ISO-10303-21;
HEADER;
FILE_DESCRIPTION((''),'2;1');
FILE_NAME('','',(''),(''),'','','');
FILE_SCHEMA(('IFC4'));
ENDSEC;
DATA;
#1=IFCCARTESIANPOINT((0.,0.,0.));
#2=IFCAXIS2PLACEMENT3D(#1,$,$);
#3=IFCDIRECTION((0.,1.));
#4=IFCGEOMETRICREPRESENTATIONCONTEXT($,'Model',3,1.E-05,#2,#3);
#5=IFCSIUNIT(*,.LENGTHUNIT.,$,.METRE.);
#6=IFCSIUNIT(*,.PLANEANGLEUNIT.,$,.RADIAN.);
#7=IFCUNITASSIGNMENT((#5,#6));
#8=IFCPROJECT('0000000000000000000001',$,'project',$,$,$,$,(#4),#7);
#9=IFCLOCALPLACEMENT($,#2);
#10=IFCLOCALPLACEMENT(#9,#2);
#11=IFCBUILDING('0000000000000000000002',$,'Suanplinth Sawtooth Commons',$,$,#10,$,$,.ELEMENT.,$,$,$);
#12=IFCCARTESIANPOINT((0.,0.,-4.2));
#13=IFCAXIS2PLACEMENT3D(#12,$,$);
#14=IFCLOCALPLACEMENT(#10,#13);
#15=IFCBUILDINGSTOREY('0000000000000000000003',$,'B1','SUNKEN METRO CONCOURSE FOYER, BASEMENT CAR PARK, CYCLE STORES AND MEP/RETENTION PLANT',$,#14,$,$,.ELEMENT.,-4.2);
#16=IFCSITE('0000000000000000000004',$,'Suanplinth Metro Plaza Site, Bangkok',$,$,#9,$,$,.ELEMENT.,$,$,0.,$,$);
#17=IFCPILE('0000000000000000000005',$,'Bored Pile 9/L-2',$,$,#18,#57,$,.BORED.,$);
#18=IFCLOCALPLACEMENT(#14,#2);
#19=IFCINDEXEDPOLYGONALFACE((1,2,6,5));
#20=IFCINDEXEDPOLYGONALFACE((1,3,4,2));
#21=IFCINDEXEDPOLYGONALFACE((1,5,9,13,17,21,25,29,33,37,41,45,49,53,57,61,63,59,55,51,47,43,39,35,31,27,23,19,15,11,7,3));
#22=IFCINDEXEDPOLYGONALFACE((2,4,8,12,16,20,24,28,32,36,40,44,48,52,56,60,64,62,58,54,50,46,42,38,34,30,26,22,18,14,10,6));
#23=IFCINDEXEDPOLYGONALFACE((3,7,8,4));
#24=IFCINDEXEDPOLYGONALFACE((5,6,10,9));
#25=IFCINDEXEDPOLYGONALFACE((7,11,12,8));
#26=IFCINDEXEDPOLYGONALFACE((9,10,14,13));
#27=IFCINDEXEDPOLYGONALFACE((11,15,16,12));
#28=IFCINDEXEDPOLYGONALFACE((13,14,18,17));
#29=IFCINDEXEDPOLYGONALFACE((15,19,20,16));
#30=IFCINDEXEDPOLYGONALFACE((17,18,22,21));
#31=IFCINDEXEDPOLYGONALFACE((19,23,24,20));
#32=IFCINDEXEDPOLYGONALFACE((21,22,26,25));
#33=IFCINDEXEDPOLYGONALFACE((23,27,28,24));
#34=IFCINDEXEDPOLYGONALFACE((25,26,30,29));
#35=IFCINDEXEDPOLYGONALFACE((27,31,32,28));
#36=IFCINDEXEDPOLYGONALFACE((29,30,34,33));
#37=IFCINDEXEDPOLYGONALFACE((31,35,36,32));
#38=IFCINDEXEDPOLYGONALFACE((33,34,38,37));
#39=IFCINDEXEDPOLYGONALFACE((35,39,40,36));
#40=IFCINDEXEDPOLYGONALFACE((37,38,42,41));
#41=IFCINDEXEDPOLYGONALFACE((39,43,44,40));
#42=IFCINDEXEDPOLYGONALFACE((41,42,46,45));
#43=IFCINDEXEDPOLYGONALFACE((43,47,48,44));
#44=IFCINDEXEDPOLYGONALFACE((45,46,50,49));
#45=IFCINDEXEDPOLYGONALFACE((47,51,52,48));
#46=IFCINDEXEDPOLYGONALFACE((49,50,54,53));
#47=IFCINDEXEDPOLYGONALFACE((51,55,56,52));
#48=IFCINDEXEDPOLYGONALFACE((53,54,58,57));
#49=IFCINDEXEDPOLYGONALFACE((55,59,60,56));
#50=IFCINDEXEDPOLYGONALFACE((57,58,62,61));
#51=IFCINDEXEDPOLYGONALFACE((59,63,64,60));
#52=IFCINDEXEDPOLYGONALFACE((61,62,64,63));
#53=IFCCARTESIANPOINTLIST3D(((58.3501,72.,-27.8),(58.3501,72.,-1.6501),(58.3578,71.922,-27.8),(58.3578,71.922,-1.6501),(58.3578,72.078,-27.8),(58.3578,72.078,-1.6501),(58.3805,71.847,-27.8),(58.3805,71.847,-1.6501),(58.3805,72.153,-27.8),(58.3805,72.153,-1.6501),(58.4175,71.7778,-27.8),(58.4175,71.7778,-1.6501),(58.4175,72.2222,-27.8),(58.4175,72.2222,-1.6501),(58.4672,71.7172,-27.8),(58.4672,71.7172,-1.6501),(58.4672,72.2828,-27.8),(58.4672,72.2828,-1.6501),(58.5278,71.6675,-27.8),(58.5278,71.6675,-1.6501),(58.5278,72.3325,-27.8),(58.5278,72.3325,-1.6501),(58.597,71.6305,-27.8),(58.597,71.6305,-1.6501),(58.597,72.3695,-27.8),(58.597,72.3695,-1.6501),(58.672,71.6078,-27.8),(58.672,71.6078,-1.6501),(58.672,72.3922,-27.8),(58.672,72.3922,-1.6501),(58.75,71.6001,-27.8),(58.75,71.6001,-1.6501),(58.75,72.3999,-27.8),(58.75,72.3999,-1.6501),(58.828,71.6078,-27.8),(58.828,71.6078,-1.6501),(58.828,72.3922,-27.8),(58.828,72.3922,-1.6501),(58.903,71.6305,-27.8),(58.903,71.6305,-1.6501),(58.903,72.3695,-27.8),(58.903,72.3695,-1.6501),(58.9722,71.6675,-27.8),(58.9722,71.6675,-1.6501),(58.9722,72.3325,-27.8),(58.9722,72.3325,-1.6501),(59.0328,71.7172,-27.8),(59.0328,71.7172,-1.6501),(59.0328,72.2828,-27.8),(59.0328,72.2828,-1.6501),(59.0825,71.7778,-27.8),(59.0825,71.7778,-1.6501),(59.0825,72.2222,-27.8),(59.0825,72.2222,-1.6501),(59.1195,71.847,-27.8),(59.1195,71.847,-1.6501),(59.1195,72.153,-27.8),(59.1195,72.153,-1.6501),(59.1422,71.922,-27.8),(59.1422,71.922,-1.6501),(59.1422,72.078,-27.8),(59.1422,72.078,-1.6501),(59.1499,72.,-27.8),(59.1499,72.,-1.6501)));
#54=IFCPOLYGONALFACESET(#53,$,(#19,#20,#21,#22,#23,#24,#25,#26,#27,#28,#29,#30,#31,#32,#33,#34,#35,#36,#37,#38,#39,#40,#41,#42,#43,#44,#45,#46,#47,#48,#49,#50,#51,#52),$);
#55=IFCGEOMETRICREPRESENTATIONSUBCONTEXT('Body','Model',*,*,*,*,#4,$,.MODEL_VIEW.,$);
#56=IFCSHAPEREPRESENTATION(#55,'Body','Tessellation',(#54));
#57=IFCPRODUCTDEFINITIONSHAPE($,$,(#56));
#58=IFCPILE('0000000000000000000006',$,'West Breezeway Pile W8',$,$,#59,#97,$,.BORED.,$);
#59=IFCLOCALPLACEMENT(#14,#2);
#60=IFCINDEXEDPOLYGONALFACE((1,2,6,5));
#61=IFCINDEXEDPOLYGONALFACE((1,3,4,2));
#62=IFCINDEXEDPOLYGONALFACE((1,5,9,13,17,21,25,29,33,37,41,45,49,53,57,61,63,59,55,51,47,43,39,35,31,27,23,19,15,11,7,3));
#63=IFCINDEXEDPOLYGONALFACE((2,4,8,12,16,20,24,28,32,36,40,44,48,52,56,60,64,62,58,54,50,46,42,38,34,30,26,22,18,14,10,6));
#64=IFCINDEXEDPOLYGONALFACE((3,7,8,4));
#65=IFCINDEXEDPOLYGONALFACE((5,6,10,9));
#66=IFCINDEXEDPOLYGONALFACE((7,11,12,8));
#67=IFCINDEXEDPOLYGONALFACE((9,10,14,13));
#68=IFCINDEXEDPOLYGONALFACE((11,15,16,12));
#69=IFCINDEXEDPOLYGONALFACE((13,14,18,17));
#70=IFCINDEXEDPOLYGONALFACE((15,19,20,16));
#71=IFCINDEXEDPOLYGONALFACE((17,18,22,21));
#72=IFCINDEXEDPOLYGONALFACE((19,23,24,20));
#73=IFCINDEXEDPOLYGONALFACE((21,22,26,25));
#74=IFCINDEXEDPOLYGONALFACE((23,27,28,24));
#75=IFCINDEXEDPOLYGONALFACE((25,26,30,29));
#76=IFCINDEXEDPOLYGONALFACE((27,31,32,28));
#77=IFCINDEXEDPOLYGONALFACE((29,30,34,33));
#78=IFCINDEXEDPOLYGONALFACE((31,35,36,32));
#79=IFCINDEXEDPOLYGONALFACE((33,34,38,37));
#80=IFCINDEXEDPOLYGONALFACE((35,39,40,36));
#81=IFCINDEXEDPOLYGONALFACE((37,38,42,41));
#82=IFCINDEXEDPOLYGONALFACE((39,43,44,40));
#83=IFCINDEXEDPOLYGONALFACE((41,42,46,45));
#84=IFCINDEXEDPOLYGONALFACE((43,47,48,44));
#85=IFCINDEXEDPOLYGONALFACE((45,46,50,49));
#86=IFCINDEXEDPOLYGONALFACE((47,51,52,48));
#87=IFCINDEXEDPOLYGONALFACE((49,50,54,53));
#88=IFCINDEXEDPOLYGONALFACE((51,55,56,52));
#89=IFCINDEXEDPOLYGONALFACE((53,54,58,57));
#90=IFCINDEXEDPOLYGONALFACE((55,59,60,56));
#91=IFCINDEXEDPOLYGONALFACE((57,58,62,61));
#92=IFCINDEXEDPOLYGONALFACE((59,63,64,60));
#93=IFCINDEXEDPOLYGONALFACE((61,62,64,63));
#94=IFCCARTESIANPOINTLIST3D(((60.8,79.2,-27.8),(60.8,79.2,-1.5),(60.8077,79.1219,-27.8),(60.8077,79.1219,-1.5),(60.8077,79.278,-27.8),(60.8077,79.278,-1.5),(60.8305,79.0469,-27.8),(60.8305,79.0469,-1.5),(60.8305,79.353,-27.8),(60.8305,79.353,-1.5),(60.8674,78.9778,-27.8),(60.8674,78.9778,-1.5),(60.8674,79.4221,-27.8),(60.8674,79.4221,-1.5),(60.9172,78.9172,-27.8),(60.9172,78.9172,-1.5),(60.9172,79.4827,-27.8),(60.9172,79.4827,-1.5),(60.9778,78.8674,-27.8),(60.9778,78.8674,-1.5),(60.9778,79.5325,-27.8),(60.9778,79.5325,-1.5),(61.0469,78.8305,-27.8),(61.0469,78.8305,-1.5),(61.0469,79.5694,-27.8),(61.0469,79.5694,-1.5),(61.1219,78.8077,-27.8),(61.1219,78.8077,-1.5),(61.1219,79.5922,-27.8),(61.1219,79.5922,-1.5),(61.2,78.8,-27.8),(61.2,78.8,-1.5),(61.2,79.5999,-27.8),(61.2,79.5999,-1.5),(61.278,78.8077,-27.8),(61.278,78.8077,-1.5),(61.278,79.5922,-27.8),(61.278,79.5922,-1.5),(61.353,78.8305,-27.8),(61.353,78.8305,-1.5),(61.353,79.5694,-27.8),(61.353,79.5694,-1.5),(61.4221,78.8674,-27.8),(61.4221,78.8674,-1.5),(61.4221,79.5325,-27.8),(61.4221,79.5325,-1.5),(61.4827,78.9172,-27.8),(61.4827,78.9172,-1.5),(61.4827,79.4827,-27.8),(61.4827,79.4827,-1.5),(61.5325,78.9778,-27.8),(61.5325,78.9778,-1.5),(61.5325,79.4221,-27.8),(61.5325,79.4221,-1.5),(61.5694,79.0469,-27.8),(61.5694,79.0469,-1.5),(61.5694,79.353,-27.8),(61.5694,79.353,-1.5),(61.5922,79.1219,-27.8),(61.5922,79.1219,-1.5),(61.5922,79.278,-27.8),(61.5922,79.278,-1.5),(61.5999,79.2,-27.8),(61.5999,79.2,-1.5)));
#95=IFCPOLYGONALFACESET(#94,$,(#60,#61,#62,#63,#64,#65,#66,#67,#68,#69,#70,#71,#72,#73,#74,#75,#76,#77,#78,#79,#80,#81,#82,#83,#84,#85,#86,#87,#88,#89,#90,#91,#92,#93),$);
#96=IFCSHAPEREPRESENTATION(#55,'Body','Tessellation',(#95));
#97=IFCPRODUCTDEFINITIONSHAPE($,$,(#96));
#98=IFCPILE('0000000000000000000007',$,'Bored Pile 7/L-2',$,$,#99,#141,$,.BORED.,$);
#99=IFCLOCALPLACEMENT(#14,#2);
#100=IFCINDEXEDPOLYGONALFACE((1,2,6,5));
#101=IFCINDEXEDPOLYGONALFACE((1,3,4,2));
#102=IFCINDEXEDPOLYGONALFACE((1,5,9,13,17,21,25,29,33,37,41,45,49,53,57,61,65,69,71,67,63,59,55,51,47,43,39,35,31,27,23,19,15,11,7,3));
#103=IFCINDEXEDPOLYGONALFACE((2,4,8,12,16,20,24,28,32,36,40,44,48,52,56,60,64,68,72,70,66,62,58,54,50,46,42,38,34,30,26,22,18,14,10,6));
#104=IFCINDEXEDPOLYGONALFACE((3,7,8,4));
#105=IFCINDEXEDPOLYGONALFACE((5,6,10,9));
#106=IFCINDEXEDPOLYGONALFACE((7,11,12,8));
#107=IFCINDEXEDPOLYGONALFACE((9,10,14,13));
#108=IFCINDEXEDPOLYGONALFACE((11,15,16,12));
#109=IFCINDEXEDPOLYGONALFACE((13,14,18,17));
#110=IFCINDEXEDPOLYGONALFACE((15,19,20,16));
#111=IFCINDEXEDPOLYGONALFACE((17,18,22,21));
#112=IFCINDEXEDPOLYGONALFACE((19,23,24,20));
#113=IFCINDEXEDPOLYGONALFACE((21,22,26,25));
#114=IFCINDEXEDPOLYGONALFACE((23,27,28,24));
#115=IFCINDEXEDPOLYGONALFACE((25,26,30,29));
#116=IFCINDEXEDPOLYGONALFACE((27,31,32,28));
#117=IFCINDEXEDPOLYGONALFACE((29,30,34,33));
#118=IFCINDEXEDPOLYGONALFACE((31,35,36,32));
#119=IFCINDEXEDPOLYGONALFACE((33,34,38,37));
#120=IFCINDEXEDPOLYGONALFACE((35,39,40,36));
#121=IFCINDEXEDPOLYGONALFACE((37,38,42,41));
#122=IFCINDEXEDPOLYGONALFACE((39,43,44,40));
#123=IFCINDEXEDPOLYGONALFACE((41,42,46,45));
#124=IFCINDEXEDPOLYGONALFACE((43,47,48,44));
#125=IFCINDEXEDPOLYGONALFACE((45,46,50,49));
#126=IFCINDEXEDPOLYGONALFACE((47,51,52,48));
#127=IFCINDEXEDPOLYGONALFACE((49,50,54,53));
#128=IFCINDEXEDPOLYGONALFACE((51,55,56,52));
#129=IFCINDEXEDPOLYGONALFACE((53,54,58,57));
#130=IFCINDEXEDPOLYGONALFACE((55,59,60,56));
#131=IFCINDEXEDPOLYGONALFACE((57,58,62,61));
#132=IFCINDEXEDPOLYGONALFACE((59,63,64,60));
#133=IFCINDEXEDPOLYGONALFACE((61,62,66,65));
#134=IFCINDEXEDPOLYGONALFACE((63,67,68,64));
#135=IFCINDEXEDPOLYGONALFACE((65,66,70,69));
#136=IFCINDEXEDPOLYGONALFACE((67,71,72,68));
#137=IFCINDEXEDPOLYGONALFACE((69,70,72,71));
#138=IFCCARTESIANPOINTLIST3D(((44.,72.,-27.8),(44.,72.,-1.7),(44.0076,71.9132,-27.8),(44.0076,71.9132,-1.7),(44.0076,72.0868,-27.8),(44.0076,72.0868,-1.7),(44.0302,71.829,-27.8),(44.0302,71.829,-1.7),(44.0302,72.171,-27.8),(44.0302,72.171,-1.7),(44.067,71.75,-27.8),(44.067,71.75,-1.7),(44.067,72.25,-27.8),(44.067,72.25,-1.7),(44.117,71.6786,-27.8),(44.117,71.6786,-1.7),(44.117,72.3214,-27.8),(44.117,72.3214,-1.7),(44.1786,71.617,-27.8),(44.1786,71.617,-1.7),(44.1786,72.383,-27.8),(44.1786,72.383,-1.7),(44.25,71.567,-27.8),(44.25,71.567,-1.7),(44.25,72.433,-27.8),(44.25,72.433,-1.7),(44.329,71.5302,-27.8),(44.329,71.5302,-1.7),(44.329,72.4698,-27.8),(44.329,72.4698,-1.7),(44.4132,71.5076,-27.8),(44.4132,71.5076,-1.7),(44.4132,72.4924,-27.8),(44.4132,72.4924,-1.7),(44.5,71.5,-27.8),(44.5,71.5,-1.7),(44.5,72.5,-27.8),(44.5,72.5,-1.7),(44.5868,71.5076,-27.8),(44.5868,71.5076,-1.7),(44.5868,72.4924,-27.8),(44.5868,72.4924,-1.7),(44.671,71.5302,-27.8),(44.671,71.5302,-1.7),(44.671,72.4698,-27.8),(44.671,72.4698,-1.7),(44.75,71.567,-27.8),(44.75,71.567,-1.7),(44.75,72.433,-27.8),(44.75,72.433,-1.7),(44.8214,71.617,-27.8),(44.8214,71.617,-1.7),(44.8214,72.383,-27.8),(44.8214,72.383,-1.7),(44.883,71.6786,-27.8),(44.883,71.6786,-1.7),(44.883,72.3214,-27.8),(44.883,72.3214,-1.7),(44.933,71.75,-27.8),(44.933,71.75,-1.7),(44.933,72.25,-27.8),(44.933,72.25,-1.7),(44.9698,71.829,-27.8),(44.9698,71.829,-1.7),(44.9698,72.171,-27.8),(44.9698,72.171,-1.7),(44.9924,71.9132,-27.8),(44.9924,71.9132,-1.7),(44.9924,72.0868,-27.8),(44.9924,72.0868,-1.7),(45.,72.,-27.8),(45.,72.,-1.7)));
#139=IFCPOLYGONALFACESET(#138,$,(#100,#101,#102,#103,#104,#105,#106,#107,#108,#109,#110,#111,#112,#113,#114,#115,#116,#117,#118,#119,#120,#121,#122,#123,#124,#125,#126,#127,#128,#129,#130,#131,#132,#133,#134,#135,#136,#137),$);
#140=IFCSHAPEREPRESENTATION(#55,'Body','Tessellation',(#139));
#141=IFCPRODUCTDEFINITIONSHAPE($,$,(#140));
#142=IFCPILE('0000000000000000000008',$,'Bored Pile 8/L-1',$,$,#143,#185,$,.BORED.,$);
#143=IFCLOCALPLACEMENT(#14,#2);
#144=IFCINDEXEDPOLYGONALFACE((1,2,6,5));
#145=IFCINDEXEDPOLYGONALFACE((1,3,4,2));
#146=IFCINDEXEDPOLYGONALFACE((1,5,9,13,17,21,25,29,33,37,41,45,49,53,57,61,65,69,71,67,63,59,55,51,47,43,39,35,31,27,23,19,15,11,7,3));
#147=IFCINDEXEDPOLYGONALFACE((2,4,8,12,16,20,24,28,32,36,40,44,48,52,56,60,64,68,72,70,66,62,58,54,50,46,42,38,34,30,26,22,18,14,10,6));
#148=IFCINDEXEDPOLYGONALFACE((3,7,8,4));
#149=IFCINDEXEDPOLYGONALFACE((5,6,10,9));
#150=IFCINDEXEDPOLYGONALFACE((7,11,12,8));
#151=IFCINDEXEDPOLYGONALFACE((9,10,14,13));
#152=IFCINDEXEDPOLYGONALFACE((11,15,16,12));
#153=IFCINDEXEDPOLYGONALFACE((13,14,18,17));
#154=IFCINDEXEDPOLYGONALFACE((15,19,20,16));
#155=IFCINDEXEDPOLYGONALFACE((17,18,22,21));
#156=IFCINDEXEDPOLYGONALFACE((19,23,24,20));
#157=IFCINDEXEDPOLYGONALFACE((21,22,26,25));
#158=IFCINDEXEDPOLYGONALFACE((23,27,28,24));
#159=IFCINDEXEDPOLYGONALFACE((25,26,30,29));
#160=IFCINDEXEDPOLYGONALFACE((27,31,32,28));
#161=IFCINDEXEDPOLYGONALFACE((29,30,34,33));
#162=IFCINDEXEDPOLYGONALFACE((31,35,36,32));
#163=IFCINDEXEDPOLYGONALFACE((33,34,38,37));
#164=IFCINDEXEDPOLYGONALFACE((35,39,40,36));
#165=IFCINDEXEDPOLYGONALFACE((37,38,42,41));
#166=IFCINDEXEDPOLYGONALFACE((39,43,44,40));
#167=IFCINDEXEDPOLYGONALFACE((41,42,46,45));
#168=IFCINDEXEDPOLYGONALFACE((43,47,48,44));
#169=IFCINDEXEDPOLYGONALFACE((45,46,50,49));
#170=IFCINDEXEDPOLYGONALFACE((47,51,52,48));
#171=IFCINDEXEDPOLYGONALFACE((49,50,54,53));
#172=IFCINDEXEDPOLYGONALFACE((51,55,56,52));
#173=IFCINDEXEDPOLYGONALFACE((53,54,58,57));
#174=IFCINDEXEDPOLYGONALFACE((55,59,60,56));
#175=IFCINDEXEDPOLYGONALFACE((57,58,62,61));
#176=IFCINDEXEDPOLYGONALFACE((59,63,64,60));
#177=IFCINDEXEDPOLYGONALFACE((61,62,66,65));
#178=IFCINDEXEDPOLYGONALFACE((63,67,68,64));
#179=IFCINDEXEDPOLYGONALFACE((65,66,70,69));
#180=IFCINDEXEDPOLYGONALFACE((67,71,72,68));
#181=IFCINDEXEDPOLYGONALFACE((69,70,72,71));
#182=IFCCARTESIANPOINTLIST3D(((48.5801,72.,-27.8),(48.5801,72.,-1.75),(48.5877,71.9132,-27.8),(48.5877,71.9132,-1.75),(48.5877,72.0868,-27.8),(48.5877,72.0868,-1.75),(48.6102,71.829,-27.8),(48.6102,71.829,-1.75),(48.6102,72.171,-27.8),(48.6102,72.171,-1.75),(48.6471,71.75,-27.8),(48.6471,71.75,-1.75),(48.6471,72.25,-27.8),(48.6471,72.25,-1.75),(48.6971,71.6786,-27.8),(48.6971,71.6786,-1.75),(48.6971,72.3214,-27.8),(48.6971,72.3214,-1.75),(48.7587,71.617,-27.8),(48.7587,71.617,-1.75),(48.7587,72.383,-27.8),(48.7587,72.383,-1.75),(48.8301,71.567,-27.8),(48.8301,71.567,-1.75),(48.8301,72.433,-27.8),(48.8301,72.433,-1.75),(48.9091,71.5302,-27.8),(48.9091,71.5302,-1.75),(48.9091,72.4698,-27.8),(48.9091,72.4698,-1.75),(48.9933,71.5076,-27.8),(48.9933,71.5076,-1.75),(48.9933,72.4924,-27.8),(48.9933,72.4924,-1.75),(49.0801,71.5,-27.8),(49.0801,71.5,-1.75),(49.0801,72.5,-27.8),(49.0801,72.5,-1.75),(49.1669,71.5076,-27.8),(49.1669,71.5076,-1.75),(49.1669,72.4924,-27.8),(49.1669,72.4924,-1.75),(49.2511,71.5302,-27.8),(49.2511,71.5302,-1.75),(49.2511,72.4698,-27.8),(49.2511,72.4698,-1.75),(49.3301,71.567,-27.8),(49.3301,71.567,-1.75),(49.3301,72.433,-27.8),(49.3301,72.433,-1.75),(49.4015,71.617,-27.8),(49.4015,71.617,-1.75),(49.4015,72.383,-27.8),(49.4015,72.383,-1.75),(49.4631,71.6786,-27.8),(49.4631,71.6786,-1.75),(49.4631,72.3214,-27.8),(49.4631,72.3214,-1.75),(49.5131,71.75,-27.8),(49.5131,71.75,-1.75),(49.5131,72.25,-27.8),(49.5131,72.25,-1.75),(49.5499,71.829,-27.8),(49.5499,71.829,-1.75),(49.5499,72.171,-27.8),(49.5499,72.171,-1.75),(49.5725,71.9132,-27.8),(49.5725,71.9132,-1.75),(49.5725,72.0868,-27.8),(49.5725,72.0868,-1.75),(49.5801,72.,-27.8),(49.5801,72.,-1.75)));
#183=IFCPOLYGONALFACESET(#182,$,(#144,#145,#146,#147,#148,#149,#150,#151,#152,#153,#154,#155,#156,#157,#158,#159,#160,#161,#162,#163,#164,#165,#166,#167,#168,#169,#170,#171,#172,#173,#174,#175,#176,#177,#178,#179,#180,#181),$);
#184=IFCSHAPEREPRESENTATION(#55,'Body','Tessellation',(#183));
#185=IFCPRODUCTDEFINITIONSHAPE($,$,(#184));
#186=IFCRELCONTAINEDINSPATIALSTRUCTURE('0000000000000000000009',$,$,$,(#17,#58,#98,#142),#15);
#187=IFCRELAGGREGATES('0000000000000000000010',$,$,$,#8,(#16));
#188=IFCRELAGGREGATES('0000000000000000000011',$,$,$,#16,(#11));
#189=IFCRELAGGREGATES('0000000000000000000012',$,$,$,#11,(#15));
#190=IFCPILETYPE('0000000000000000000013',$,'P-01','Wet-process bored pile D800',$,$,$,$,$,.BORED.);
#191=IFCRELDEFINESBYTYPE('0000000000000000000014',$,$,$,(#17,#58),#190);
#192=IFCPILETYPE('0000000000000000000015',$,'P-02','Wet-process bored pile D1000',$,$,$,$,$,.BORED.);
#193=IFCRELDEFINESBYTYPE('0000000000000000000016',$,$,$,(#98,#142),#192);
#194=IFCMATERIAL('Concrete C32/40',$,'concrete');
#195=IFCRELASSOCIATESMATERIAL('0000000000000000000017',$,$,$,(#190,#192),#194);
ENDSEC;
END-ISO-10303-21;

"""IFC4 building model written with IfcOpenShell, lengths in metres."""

from ifc_helpers import new_model, si_unit, direction, frame, origin, origin_2d, place, context, subcontext, project, spatial, circle, extrude, material, material_profile, profile_set, type_object, element, save


model = new_model("IFC4")

# Units and contexts
model_context = context("Model", 3, precision=1e-05, world=origin(), true_north=direction((0.0, 1.0)))
body_context = subcontext(model_context, "Body", "Model", "MODEL_VIEW")
ifc_project = project(units=[si_unit("LENGTHUNIT", "METRE"), si_unit("PLANEANGLEUNIT", "RADIAN")], contexts=[model_context])

# Site, building, storey
site_placement = place(None, origin())
site = spatial("IfcSite", under=ifc_project, at=site_placement, Name="Suanplinth Metro Plaza Site, Bangkok", CompositionType="ELEMENT", RefElevation=0.0)
building_placement = place(site_placement, origin())
building = spatial("IfcBuilding", under=site, at=building_placement, Name="Suanplinth Sawtooth Commons", CompositionType="ELEMENT")
storey_placement = place(building_placement, frame((0.0, 0.0, -4.2)))
storey = spatial("IfcBuildingStorey", under=building, at=storey_placement, Name="B1", Description="SUNKEN METRO CONCOURSE FOYER, BASEMENT CAR PARK, CYCLE STORES AND MEP/RETENTION PLANT", CompositionType="ELEMENT", Elevation=-4.2)

# Piles
ifc_material_1 = material(Name="Concrete C32/40", Category="concrete")
ifc_material_profile_1 = material_profile(ifc_material_1, circle(Radius=0.3999, at=origin_2d()), Name="PILE D800")
ifc_profile_set_1 = profile_set([ifc_material_profile_1], Name="Concrete C32/40")
pile_type_1 = type_object("IfcPileType", Name="P-01", Description="Wet-process bored pile D800", PredefinedType="BORED", material=ifc_profile_set_1)
for number, where, z_axis, x_axis, name in (
    (1, (58.75, 72.0, -1.6501), (0.0, 0.0, -1.0), (1.0, 0.0, 0.0), "Bored Pile 9/L-2"),
):
    element("IfcPile", number, at=place(storey_placement, frame(where, z_axis=z_axis, x_axis=x_axis)), inside=storey, type_object=pile_type_1, Name=name, PredefinedType="BORED", context=body_context, shape_type="SweptSolid", body=[
        extrude(circle(Radius=0.3999, at=origin_2d()), origin(), (0.0, 0.0, 1.0), 26.1499),
    ])
pile_1_placement = place(storey_placement, frame((61.2, 79.2, -1.5), z_axis=(0.0, 0.0, -1.0), x_axis=(1.0, 0.0, 0.0)))
element("IfcPile", 2, at=pile_1_placement, inside=storey, type_object=pile_type_1, Name="West Breezeway Pile W8", PredefinedType="BORED", context=body_context, shape_type="SweptSolid", body=[
    extrude(circle(Radius=0.3999, at=origin_2d()), origin(), (0.0, 0.0, 1.0), 26.3),
])
ifc_material_profile_2 = material_profile(ifc_material_1, circle(Radius=0.5, at=origin_2d()), Name="PILE D1000")
ifc_profile_set_2 = profile_set([ifc_material_profile_2], Name="Concrete C32/40")
pile_type_2 = type_object("IfcPileType", Name="P-02", Description="Wet-process bored pile D1000", PredefinedType="BORED", material=ifc_profile_set_2)
pile_2_placement = place(storey_placement, frame((44.5, 72.0, -1.7), z_axis=(0.0, 0.0, -1.0), x_axis=(1.0, 0.0, 0.0)))
element("IfcPile", 3, at=pile_2_placement, inside=storey, type_object=pile_type_2, Name="Bored Pile 7/L-2", PredefinedType="BORED", context=body_context, shape_type="SweptSolid", body=[
    extrude(circle(Radius=0.5, at=origin_2d()), origin(), (0.0, 0.0, 1.0), 26.1001),
])
for number, where, z_axis, x_axis, name in (
    (4, (49.0801, 72.0, -1.75), (0.0, 0.0, -1.0), (1.0, 0.0, 0.0), "Bored Pile 8/L-1"),
):
    element("IfcPile", number, at=place(storey_placement, frame(where, z_axis=z_axis, x_axis=x_axis)), inside=storey, type_object=pile_type_2, Name=name, PredefinedType="BORED", context=body_context, shape_type="SweptSolid", body=[
        extrude(circle(Radius=0.5, at=origin_2d()), origin(), (0.0, 0.0, 1.0), 26.05),
    ])

save(model, "model.ifc")
